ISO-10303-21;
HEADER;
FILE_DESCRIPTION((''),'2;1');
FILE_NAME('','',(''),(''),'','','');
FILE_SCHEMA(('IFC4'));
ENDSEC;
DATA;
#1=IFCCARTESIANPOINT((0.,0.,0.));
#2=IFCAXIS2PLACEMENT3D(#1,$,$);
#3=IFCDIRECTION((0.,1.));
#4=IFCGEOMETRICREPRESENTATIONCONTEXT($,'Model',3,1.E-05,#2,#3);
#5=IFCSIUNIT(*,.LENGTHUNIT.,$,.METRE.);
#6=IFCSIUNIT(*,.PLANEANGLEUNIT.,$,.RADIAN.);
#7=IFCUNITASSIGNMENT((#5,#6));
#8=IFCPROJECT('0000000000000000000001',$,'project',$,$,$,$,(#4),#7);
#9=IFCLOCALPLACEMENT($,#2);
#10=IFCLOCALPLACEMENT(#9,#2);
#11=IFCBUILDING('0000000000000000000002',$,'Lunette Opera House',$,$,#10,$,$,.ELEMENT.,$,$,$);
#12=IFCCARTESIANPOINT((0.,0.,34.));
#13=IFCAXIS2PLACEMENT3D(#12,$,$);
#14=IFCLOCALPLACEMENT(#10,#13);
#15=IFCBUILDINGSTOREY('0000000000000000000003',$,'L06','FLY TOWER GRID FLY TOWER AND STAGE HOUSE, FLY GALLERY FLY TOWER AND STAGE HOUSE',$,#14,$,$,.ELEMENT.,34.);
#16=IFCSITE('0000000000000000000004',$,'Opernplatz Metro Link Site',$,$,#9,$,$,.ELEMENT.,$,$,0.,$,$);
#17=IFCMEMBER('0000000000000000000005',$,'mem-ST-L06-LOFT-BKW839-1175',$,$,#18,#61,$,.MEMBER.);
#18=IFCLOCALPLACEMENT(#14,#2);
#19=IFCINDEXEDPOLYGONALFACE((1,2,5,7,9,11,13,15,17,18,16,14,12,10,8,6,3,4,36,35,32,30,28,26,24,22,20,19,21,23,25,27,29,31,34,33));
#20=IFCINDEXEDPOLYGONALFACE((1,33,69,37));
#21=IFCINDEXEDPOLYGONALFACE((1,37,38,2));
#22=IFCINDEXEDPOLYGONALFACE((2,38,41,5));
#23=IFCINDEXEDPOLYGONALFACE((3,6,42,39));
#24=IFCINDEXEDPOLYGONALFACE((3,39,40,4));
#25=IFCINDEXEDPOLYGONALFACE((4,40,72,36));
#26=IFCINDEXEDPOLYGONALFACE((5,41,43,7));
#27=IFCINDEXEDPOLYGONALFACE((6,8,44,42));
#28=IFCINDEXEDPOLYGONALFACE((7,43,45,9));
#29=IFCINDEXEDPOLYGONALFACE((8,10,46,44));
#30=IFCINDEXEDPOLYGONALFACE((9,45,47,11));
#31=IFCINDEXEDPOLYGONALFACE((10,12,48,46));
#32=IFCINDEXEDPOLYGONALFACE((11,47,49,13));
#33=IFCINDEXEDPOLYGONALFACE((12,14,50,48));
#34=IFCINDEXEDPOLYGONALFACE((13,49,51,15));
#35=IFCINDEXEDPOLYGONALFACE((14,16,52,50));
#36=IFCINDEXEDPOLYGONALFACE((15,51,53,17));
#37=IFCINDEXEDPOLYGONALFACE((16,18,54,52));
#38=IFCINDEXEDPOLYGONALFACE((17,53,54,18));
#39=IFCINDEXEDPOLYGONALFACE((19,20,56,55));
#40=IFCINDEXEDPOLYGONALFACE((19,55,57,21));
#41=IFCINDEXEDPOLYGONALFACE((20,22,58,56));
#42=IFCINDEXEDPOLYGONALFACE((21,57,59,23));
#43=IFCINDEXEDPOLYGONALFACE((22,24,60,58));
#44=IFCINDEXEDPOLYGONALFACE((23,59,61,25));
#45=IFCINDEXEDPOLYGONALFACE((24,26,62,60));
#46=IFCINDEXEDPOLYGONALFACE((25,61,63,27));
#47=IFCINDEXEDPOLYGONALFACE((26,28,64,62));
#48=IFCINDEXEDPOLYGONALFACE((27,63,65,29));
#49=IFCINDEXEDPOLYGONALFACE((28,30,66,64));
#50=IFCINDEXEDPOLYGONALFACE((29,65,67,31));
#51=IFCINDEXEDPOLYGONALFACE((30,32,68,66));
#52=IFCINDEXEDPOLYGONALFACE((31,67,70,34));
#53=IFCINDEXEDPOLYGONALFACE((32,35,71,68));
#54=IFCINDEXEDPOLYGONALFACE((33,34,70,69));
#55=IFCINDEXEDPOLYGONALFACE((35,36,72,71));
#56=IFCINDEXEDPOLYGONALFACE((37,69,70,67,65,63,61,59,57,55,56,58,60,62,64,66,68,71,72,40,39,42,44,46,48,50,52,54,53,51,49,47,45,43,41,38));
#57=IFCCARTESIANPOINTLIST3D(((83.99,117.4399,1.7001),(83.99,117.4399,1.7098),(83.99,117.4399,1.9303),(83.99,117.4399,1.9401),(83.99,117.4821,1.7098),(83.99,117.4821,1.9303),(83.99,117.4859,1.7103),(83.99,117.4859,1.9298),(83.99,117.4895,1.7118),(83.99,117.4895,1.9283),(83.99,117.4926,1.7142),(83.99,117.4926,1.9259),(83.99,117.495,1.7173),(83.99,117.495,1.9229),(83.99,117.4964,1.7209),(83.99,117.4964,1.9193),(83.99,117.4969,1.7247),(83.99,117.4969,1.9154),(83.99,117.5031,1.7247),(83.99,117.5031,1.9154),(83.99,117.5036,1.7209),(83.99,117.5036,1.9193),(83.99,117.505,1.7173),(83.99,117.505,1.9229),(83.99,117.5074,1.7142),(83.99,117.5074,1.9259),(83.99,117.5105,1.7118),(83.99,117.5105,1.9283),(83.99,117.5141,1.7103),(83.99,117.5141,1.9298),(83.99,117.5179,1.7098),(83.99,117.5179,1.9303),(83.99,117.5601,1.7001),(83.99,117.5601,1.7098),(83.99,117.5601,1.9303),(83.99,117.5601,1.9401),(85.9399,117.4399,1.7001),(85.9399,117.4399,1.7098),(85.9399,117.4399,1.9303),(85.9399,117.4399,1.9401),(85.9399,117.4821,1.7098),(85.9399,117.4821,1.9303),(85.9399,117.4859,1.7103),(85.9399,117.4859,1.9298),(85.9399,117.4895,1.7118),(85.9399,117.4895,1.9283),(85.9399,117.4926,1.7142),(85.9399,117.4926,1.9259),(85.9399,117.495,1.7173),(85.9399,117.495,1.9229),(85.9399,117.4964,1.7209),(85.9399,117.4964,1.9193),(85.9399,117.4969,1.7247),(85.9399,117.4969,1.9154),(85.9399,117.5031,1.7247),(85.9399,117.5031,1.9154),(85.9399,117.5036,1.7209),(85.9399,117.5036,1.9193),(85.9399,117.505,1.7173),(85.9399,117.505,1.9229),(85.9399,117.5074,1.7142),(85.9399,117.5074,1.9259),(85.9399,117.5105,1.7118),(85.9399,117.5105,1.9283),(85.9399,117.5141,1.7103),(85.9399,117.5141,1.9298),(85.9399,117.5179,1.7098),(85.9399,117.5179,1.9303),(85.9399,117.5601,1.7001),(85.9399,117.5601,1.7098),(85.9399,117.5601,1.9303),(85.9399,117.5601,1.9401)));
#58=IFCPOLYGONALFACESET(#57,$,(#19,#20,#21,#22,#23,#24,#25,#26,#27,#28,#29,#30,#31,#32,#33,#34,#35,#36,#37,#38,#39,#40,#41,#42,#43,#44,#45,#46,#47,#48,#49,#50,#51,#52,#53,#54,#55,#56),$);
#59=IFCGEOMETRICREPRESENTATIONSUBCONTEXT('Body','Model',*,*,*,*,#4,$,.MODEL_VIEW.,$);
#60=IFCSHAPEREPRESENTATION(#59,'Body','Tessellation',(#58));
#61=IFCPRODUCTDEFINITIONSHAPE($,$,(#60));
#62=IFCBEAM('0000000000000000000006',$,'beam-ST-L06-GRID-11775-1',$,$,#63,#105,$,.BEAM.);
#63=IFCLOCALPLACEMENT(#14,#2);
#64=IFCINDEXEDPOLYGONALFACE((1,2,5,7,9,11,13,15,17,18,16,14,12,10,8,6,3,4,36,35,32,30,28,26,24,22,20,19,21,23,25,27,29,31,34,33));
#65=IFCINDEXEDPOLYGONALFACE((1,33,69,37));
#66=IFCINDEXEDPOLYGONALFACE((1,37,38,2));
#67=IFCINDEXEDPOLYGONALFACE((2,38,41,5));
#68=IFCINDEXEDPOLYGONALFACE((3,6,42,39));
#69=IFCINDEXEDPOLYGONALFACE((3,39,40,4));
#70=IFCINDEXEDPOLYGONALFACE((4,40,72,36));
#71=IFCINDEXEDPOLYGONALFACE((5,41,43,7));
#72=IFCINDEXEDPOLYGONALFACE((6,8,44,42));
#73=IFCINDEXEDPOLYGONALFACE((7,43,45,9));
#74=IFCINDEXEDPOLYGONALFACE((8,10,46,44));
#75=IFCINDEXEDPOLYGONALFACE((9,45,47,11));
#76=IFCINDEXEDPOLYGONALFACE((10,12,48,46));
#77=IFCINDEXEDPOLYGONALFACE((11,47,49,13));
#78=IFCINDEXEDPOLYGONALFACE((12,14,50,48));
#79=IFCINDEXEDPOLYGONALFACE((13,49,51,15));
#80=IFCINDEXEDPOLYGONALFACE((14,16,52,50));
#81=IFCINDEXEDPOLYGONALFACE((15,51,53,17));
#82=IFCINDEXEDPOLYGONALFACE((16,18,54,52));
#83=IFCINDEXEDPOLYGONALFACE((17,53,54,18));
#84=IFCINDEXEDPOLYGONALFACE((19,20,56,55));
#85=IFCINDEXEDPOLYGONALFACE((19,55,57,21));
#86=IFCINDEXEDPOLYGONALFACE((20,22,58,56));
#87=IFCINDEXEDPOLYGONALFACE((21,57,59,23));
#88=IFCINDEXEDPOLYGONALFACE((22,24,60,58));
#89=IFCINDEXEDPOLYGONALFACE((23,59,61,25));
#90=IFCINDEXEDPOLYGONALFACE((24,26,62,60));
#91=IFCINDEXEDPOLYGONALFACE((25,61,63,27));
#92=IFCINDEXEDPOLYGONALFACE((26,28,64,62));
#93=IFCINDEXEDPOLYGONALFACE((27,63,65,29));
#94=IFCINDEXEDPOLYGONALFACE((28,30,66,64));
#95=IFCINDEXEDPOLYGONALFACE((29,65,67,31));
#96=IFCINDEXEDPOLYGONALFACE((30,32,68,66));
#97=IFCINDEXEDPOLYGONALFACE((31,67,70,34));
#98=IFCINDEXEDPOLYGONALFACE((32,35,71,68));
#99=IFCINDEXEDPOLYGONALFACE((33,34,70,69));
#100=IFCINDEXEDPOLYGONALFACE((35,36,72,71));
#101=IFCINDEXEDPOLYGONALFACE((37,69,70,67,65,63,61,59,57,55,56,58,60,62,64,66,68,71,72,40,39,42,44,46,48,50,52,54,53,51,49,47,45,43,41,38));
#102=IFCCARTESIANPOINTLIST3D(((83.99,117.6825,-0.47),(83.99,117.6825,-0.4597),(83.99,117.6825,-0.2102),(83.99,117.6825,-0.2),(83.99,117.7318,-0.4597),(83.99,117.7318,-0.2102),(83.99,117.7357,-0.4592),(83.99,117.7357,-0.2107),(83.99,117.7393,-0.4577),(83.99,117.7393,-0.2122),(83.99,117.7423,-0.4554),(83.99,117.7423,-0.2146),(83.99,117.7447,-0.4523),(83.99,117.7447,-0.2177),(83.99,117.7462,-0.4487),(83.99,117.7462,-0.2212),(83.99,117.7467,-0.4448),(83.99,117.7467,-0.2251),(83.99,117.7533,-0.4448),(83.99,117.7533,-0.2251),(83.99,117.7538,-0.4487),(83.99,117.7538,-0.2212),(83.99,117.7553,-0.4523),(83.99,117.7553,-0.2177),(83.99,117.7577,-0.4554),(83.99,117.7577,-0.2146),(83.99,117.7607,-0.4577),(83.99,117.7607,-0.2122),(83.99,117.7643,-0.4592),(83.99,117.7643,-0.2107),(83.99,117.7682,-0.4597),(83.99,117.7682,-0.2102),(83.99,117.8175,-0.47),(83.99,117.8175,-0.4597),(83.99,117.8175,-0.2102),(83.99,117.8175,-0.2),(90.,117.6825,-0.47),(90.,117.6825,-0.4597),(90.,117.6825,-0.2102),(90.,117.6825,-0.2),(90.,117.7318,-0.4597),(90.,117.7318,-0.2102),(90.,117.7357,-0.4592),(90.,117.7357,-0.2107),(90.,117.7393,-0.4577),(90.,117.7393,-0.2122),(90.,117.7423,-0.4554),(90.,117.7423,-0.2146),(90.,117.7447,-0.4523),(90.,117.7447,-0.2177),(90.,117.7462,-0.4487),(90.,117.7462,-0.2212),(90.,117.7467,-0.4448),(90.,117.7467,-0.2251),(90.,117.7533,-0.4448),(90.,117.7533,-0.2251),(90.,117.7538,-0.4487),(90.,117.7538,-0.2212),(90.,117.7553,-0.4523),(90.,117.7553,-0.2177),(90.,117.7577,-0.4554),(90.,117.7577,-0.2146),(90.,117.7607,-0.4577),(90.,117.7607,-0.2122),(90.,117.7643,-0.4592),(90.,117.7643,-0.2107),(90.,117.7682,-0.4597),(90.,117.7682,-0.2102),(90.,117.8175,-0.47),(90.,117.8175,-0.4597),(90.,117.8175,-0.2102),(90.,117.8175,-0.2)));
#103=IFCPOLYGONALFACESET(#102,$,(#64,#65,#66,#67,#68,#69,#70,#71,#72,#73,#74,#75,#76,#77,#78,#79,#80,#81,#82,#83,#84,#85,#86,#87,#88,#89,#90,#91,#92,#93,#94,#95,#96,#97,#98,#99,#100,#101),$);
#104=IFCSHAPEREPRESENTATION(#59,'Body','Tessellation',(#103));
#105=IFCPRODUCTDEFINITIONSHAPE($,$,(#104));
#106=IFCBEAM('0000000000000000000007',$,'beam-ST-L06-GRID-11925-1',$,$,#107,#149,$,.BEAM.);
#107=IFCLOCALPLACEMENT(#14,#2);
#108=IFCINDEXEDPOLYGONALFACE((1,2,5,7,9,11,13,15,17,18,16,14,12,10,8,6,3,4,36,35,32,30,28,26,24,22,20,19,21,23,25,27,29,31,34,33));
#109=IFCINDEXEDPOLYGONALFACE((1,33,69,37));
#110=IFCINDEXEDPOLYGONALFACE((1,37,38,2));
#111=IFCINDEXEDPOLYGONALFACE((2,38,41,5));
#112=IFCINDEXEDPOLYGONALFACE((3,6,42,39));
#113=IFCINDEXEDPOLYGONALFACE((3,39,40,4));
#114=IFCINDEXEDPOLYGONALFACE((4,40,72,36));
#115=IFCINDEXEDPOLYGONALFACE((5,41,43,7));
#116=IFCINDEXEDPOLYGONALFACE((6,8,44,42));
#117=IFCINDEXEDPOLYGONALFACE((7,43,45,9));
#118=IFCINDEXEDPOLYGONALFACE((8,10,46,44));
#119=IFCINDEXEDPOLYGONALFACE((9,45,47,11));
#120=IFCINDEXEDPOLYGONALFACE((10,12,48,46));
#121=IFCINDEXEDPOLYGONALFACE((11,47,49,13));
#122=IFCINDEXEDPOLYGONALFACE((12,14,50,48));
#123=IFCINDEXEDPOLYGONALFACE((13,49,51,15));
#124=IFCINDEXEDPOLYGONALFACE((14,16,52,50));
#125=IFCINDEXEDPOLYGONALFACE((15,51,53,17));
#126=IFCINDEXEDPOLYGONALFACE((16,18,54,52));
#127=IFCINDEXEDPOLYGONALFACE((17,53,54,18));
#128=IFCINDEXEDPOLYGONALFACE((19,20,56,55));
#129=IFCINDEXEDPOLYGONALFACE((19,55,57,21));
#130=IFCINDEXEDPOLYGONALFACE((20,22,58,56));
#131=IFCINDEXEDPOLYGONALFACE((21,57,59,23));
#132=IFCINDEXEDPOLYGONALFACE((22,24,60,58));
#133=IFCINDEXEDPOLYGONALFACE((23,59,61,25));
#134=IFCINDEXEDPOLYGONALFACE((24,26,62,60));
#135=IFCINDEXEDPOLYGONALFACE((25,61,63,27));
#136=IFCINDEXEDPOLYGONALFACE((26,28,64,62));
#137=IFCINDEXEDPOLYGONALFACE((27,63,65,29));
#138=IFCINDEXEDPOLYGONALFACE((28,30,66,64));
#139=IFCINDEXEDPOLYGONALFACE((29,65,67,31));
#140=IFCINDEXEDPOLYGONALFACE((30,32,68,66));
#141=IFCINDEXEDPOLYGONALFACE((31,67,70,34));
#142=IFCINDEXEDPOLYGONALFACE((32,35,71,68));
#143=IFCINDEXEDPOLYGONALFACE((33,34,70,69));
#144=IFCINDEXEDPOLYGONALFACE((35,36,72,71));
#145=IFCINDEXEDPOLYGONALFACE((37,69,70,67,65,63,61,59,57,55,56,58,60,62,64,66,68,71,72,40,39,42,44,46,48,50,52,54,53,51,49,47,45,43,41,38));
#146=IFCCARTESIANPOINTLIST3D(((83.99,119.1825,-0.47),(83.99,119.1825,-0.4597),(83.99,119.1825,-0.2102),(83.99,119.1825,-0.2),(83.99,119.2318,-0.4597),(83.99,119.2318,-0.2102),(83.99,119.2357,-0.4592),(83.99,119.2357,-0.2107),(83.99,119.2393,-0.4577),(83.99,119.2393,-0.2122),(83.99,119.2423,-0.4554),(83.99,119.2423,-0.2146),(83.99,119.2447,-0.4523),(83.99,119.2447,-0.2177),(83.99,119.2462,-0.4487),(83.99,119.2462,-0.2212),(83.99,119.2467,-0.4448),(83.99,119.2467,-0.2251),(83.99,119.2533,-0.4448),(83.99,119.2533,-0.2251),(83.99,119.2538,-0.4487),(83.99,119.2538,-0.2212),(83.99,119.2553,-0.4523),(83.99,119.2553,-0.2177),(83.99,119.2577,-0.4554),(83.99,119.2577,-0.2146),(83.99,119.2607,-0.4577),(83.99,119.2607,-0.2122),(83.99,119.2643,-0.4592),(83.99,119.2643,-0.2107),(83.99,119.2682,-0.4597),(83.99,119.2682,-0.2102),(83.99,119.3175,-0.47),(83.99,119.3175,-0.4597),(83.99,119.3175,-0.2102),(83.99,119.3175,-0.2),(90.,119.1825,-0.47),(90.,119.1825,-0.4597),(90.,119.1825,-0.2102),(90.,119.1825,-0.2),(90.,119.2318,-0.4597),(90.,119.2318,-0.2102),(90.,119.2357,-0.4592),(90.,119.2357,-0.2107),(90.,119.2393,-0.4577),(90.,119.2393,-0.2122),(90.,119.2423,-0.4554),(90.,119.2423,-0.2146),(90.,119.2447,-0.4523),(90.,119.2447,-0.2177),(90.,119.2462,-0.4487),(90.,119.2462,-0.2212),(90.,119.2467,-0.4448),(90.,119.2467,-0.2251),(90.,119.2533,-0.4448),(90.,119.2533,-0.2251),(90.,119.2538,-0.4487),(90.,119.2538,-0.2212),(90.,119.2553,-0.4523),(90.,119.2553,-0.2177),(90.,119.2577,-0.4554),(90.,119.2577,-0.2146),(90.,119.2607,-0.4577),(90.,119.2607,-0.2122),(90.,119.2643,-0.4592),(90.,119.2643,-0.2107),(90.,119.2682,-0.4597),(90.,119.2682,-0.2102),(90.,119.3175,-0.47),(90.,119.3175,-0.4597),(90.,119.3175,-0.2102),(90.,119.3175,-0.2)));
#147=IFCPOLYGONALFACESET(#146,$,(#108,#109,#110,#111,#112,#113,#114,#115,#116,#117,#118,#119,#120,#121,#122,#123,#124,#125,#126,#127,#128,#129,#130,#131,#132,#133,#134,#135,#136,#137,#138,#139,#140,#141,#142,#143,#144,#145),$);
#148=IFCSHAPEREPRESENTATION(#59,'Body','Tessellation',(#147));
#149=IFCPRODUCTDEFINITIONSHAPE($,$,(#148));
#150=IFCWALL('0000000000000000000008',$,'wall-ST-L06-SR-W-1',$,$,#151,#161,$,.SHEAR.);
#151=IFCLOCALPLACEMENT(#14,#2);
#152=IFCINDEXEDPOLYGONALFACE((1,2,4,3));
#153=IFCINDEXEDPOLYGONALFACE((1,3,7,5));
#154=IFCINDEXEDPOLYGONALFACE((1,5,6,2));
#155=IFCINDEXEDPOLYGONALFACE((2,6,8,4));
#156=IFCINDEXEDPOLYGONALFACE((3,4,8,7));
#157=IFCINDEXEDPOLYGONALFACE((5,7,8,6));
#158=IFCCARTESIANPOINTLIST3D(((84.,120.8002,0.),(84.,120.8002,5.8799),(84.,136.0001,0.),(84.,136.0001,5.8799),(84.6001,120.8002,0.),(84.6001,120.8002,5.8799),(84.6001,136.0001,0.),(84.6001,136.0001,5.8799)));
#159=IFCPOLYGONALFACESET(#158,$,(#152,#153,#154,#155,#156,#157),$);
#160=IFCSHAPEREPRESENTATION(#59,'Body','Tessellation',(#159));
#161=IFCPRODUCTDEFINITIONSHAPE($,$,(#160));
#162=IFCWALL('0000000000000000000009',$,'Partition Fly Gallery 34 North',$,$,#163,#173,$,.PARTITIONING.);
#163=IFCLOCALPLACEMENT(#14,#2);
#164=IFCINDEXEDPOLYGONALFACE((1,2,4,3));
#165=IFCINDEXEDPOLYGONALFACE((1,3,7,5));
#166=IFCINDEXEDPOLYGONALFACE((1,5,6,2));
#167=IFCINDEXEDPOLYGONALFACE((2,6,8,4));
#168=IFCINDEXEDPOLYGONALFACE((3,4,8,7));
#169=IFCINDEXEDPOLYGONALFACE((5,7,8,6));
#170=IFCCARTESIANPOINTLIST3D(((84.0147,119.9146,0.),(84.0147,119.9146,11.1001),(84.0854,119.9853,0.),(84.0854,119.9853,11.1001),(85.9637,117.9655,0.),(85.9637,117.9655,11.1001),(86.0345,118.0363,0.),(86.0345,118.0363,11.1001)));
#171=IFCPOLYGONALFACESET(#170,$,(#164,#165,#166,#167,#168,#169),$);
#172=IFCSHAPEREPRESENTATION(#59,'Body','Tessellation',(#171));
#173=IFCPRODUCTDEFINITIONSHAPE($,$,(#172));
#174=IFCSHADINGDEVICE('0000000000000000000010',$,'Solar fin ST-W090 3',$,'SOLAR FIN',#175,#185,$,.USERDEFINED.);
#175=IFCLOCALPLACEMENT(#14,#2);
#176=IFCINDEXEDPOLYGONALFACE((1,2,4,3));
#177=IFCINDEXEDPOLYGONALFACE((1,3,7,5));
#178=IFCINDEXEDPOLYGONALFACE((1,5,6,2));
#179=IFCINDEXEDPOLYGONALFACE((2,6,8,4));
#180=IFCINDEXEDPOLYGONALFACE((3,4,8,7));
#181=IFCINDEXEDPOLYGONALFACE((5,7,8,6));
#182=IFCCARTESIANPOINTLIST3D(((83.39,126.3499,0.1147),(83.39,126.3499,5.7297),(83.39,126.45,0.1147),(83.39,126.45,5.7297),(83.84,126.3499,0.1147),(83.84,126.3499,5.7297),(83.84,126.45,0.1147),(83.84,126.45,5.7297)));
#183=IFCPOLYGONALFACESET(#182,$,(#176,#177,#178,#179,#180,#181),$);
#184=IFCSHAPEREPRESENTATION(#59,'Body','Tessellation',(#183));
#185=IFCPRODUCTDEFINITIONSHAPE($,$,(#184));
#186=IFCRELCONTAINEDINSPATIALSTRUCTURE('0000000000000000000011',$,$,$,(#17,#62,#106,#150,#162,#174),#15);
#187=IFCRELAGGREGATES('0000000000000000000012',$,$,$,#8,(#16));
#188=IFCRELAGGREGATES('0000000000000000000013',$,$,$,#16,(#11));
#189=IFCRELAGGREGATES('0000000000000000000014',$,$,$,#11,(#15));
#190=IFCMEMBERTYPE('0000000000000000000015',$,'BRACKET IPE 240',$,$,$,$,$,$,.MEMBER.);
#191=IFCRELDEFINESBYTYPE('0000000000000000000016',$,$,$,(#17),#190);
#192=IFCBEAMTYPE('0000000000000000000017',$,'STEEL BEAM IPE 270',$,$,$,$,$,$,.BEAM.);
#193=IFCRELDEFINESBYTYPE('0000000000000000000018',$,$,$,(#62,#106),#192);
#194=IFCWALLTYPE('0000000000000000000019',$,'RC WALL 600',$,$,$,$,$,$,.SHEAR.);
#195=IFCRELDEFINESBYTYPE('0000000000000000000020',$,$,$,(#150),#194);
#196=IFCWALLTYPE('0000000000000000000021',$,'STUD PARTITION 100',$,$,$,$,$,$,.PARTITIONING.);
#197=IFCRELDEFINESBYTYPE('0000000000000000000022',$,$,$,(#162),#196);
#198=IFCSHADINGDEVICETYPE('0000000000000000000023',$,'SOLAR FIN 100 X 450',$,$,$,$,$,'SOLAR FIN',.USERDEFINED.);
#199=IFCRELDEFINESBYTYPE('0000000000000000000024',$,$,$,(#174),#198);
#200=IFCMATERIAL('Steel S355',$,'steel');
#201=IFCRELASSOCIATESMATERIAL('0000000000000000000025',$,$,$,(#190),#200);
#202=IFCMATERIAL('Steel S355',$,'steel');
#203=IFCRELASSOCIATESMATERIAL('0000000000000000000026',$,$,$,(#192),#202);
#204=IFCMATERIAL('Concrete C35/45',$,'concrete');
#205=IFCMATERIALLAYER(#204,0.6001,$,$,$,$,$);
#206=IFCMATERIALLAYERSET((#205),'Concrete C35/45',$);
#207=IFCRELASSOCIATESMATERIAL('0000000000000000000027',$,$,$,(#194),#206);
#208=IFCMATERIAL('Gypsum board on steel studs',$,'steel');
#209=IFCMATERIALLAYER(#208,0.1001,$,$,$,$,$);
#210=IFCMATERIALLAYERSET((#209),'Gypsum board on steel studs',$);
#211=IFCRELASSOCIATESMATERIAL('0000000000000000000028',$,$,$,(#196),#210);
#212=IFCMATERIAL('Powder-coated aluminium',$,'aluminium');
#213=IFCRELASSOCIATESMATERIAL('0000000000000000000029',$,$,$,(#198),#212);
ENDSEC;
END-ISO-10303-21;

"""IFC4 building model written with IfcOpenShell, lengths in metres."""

from ifc_helpers import new_model, si_unit, direction, frame, frame_2d, origin, origin_2d, place, context, subcontext, project, spatial, rectangle, i_section, extrude, material, layer, layer_set, material_profile, profile_set, type_object, element, save


model = new_model("IFC4")

# Units and contexts
model_context = context("Model", 3, precision=1e-05, world=origin(), true_north=direction((0.0, 1.0)))
body_context = subcontext(model_context, "Body", "Model", "MODEL_VIEW")
ifc_project = project(units=[si_unit("LENGTHUNIT", "METRE"), si_unit("PLANEANGLEUNIT", "RADIAN")], contexts=[model_context])

# Site, building, storey
site_placement = place(None, origin())
site = spatial("IfcSite", under=ifc_project, at=site_placement, Name="Opernplatz Metro Link Site", CompositionType="ELEMENT", RefElevation=0.0)
building_placement = place(site_placement, origin())
building = spatial("IfcBuilding", under=site, at=building_placement, Name="Lunette Opera House", CompositionType="ELEMENT")
storey_placement = place(building_placement, frame((0.0, 0.0, 34.0)))
storey = spatial("IfcBuildingStorey", under=building, at=storey_placement, Name="L06", Description="FLY TOWER GRID FLY TOWER AND STAGE HOUSE, FLY GALLERY FLY TOWER AND STAGE HOUSE", CompositionType="ELEMENT", Elevation=34.0)

# Member
ifc_material_1 = material(Name="Steel S355", Category="steel")
ifc_material_profile_1 = material_profile(ifc_material_1, i_section(OverallWidth=0.1201, OverallDepth=0.24, WebThickness=0.0061, FlangeThickness=0.0098, FilletRadius=0.0149, at=origin_2d()), Name="IPE 240")
ifc_profile_set_1 = profile_set([ifc_material_profile_1], Name="Steel S355")
member_type = type_object("IfcMemberType", Name="BRACKET IPE 240", PredefinedType="MEMBER", material=ifc_profile_set_1)
member_placement = place(storey_placement, frame((83.99, 117.5, 1.8201), z_axis=(1.0, 0.0, 0.0), x_axis=(0.0, 1.0, 0.0)))
element("IfcMember", 1, at=member_placement, inside=storey, type_object=member_type, Name="mem-ST-L06-LOFT-BKW839-1175", PredefinedType="MEMBER", context=body_context, shape_type="SweptSolid", body=[
    extrude(i_section(OverallWidth=0.1201, OverallDepth=0.24, WebThickness=0.0061, FlangeThickness=0.0098, FilletRadius=0.0149, at=origin_2d()), origin(), (0.0, 0.0, 1.0), 1.95),
])

# Beams
ifc_material_2 = material(Name="Steel S355", Category="steel")
ifc_material_profile_2 = material_profile(ifc_material_2, i_section(OverallWidth=0.135, OverallDepth=0.27, WebThickness=0.0066, FlangeThickness=0.0103, FilletRadius=0.0149, at=origin_2d()), Name="IPE 270")
ifc_profile_set_2 = profile_set([ifc_material_profile_2], Name="Steel S355")
beam_type = type_object("IfcBeamType", Name="STEEL BEAM IPE 270", PredefinedType="BEAM", material=ifc_profile_set_2)
for number, where, z_axis, x_axis, name in (
    (2, (83.99, 117.75, -0.335), (1.0, 0.0, 0.0), (0.0, 1.0, 0.0), "beam-ST-L06-GRID-11775-1"),
    (3, (83.99, 119.25, -0.335), (1.0, 0.0, 0.0), (0.0, 1.0, 0.0), "beam-ST-L06-GRID-11925-1"),
):
    element("IfcBeam", number, at=place(storey_placement, frame(where, z_axis=z_axis, x_axis=x_axis)), inside=storey, type_object=beam_type, Name=name, PredefinedType="BEAM", context=body_context, shape_type="SweptSolid", body=[
        extrude(i_section(OverallWidth=0.135, OverallDepth=0.27, WebThickness=0.0066, FlangeThickness=0.0103, FilletRadius=0.0149, at=origin_2d()), origin(), (0.0, 0.0, 1.0), 6.01),
    ])

# Wall
ifc_material_3 = material(Name="Concrete C35/45", Category="concrete")
ifc_layer_1 = layer(ifc_material_3, 0.6001)
ifc_layer_set_1 = layer_set([ifc_layer_1], Name="Concrete C35/45")
wall_type_1 = type_object("IfcWallType", Name="RC WALL 600", PredefinedType="SHEAR", material=ifc_layer_set_1)
wall_1_placement = place(storey_placement, frame((84.3, 120.8, 0.0), z_axis=(0.0, 0.0, 1.0), x_axis=(0.0, 1.0, 0.0)))
element("IfcWall", 4, at=wall_1_placement, inside=storey, type_object=wall_type_1, Name="wall-ST-L06-SR-W-1", PredefinedType="SHEAR", context=body_context, shape_type="SweptSolid", body=[
    extrude(rectangle(XDim=15.2, YDim=0.6001, at=frame_2d((7.6001, 0.0))), origin(), (0.0, 0.0, 1.0), 5.8799),
])

# Wall
ifc_material_4 = material(Name="Gypsum board on steel studs", Category="steel")
ifc_layer_2 = layer(ifc_material_4, 0.1001)
ifc_layer_set_2 = layer_set([ifc_layer_2], Name="Gypsum board on steel studs")
wall_type_2 = type_object("IfcWallType", Name="STUD PARTITION 100", PredefinedType="PARTITIONING", material=ifc_layer_set_2)
wall_2_placement = place(storey_placement, frame((84.05, 119.95, 0.0), z_axis=(0.0, 0.0, 1.0), x_axis=(0.707107, -0.707107, 0.0)))
element("IfcWall", 5, at=wall_2_placement, inside=storey, type_object=wall_type_2, Name="Partition Fly Gallery 34 North", PredefinedType="PARTITIONING", context=body_context, shape_type="SweptSolid", body=[
    extrude(rectangle(XDim=2.7563, YDim=0.1001, at=frame_2d((1.3782, 0.0))), origin(), (0.0, 0.0, 1.0), 11.1001),
])

# Shading device
ifc_material_5 = material(Name="Powder-coated aluminium", Category="aluminium")
shading_device_type = type_object("IfcShadingDeviceType", Name="SOLAR FIN 100 X 450", ElementType="SOLAR FIN", PredefinedType="USERDEFINED", material=ifc_material_5)
shading_device_placement = place(storey_placement, frame((83.615, 126.3999, 0.1147), z_axis=(0.0, 0.0, 1.0), x_axis=(-1.0, 0.0, 0.0)))
element("IfcShadingDevice", 6, at=shading_device_placement, inside=storey, type_object=shading_device_type, Name="Solar fin ST-W090 3", ObjectType="SOLAR FIN", PredefinedType="USERDEFINED", context=body_context, shape_type="SweptSolid", body=[
    extrude(rectangle(XDim=0.45, YDim=0.1001, at=origin_2d()), origin(), (0.0, 0.0, 1.0), 5.615),
])

save(model, "model.ifc")
